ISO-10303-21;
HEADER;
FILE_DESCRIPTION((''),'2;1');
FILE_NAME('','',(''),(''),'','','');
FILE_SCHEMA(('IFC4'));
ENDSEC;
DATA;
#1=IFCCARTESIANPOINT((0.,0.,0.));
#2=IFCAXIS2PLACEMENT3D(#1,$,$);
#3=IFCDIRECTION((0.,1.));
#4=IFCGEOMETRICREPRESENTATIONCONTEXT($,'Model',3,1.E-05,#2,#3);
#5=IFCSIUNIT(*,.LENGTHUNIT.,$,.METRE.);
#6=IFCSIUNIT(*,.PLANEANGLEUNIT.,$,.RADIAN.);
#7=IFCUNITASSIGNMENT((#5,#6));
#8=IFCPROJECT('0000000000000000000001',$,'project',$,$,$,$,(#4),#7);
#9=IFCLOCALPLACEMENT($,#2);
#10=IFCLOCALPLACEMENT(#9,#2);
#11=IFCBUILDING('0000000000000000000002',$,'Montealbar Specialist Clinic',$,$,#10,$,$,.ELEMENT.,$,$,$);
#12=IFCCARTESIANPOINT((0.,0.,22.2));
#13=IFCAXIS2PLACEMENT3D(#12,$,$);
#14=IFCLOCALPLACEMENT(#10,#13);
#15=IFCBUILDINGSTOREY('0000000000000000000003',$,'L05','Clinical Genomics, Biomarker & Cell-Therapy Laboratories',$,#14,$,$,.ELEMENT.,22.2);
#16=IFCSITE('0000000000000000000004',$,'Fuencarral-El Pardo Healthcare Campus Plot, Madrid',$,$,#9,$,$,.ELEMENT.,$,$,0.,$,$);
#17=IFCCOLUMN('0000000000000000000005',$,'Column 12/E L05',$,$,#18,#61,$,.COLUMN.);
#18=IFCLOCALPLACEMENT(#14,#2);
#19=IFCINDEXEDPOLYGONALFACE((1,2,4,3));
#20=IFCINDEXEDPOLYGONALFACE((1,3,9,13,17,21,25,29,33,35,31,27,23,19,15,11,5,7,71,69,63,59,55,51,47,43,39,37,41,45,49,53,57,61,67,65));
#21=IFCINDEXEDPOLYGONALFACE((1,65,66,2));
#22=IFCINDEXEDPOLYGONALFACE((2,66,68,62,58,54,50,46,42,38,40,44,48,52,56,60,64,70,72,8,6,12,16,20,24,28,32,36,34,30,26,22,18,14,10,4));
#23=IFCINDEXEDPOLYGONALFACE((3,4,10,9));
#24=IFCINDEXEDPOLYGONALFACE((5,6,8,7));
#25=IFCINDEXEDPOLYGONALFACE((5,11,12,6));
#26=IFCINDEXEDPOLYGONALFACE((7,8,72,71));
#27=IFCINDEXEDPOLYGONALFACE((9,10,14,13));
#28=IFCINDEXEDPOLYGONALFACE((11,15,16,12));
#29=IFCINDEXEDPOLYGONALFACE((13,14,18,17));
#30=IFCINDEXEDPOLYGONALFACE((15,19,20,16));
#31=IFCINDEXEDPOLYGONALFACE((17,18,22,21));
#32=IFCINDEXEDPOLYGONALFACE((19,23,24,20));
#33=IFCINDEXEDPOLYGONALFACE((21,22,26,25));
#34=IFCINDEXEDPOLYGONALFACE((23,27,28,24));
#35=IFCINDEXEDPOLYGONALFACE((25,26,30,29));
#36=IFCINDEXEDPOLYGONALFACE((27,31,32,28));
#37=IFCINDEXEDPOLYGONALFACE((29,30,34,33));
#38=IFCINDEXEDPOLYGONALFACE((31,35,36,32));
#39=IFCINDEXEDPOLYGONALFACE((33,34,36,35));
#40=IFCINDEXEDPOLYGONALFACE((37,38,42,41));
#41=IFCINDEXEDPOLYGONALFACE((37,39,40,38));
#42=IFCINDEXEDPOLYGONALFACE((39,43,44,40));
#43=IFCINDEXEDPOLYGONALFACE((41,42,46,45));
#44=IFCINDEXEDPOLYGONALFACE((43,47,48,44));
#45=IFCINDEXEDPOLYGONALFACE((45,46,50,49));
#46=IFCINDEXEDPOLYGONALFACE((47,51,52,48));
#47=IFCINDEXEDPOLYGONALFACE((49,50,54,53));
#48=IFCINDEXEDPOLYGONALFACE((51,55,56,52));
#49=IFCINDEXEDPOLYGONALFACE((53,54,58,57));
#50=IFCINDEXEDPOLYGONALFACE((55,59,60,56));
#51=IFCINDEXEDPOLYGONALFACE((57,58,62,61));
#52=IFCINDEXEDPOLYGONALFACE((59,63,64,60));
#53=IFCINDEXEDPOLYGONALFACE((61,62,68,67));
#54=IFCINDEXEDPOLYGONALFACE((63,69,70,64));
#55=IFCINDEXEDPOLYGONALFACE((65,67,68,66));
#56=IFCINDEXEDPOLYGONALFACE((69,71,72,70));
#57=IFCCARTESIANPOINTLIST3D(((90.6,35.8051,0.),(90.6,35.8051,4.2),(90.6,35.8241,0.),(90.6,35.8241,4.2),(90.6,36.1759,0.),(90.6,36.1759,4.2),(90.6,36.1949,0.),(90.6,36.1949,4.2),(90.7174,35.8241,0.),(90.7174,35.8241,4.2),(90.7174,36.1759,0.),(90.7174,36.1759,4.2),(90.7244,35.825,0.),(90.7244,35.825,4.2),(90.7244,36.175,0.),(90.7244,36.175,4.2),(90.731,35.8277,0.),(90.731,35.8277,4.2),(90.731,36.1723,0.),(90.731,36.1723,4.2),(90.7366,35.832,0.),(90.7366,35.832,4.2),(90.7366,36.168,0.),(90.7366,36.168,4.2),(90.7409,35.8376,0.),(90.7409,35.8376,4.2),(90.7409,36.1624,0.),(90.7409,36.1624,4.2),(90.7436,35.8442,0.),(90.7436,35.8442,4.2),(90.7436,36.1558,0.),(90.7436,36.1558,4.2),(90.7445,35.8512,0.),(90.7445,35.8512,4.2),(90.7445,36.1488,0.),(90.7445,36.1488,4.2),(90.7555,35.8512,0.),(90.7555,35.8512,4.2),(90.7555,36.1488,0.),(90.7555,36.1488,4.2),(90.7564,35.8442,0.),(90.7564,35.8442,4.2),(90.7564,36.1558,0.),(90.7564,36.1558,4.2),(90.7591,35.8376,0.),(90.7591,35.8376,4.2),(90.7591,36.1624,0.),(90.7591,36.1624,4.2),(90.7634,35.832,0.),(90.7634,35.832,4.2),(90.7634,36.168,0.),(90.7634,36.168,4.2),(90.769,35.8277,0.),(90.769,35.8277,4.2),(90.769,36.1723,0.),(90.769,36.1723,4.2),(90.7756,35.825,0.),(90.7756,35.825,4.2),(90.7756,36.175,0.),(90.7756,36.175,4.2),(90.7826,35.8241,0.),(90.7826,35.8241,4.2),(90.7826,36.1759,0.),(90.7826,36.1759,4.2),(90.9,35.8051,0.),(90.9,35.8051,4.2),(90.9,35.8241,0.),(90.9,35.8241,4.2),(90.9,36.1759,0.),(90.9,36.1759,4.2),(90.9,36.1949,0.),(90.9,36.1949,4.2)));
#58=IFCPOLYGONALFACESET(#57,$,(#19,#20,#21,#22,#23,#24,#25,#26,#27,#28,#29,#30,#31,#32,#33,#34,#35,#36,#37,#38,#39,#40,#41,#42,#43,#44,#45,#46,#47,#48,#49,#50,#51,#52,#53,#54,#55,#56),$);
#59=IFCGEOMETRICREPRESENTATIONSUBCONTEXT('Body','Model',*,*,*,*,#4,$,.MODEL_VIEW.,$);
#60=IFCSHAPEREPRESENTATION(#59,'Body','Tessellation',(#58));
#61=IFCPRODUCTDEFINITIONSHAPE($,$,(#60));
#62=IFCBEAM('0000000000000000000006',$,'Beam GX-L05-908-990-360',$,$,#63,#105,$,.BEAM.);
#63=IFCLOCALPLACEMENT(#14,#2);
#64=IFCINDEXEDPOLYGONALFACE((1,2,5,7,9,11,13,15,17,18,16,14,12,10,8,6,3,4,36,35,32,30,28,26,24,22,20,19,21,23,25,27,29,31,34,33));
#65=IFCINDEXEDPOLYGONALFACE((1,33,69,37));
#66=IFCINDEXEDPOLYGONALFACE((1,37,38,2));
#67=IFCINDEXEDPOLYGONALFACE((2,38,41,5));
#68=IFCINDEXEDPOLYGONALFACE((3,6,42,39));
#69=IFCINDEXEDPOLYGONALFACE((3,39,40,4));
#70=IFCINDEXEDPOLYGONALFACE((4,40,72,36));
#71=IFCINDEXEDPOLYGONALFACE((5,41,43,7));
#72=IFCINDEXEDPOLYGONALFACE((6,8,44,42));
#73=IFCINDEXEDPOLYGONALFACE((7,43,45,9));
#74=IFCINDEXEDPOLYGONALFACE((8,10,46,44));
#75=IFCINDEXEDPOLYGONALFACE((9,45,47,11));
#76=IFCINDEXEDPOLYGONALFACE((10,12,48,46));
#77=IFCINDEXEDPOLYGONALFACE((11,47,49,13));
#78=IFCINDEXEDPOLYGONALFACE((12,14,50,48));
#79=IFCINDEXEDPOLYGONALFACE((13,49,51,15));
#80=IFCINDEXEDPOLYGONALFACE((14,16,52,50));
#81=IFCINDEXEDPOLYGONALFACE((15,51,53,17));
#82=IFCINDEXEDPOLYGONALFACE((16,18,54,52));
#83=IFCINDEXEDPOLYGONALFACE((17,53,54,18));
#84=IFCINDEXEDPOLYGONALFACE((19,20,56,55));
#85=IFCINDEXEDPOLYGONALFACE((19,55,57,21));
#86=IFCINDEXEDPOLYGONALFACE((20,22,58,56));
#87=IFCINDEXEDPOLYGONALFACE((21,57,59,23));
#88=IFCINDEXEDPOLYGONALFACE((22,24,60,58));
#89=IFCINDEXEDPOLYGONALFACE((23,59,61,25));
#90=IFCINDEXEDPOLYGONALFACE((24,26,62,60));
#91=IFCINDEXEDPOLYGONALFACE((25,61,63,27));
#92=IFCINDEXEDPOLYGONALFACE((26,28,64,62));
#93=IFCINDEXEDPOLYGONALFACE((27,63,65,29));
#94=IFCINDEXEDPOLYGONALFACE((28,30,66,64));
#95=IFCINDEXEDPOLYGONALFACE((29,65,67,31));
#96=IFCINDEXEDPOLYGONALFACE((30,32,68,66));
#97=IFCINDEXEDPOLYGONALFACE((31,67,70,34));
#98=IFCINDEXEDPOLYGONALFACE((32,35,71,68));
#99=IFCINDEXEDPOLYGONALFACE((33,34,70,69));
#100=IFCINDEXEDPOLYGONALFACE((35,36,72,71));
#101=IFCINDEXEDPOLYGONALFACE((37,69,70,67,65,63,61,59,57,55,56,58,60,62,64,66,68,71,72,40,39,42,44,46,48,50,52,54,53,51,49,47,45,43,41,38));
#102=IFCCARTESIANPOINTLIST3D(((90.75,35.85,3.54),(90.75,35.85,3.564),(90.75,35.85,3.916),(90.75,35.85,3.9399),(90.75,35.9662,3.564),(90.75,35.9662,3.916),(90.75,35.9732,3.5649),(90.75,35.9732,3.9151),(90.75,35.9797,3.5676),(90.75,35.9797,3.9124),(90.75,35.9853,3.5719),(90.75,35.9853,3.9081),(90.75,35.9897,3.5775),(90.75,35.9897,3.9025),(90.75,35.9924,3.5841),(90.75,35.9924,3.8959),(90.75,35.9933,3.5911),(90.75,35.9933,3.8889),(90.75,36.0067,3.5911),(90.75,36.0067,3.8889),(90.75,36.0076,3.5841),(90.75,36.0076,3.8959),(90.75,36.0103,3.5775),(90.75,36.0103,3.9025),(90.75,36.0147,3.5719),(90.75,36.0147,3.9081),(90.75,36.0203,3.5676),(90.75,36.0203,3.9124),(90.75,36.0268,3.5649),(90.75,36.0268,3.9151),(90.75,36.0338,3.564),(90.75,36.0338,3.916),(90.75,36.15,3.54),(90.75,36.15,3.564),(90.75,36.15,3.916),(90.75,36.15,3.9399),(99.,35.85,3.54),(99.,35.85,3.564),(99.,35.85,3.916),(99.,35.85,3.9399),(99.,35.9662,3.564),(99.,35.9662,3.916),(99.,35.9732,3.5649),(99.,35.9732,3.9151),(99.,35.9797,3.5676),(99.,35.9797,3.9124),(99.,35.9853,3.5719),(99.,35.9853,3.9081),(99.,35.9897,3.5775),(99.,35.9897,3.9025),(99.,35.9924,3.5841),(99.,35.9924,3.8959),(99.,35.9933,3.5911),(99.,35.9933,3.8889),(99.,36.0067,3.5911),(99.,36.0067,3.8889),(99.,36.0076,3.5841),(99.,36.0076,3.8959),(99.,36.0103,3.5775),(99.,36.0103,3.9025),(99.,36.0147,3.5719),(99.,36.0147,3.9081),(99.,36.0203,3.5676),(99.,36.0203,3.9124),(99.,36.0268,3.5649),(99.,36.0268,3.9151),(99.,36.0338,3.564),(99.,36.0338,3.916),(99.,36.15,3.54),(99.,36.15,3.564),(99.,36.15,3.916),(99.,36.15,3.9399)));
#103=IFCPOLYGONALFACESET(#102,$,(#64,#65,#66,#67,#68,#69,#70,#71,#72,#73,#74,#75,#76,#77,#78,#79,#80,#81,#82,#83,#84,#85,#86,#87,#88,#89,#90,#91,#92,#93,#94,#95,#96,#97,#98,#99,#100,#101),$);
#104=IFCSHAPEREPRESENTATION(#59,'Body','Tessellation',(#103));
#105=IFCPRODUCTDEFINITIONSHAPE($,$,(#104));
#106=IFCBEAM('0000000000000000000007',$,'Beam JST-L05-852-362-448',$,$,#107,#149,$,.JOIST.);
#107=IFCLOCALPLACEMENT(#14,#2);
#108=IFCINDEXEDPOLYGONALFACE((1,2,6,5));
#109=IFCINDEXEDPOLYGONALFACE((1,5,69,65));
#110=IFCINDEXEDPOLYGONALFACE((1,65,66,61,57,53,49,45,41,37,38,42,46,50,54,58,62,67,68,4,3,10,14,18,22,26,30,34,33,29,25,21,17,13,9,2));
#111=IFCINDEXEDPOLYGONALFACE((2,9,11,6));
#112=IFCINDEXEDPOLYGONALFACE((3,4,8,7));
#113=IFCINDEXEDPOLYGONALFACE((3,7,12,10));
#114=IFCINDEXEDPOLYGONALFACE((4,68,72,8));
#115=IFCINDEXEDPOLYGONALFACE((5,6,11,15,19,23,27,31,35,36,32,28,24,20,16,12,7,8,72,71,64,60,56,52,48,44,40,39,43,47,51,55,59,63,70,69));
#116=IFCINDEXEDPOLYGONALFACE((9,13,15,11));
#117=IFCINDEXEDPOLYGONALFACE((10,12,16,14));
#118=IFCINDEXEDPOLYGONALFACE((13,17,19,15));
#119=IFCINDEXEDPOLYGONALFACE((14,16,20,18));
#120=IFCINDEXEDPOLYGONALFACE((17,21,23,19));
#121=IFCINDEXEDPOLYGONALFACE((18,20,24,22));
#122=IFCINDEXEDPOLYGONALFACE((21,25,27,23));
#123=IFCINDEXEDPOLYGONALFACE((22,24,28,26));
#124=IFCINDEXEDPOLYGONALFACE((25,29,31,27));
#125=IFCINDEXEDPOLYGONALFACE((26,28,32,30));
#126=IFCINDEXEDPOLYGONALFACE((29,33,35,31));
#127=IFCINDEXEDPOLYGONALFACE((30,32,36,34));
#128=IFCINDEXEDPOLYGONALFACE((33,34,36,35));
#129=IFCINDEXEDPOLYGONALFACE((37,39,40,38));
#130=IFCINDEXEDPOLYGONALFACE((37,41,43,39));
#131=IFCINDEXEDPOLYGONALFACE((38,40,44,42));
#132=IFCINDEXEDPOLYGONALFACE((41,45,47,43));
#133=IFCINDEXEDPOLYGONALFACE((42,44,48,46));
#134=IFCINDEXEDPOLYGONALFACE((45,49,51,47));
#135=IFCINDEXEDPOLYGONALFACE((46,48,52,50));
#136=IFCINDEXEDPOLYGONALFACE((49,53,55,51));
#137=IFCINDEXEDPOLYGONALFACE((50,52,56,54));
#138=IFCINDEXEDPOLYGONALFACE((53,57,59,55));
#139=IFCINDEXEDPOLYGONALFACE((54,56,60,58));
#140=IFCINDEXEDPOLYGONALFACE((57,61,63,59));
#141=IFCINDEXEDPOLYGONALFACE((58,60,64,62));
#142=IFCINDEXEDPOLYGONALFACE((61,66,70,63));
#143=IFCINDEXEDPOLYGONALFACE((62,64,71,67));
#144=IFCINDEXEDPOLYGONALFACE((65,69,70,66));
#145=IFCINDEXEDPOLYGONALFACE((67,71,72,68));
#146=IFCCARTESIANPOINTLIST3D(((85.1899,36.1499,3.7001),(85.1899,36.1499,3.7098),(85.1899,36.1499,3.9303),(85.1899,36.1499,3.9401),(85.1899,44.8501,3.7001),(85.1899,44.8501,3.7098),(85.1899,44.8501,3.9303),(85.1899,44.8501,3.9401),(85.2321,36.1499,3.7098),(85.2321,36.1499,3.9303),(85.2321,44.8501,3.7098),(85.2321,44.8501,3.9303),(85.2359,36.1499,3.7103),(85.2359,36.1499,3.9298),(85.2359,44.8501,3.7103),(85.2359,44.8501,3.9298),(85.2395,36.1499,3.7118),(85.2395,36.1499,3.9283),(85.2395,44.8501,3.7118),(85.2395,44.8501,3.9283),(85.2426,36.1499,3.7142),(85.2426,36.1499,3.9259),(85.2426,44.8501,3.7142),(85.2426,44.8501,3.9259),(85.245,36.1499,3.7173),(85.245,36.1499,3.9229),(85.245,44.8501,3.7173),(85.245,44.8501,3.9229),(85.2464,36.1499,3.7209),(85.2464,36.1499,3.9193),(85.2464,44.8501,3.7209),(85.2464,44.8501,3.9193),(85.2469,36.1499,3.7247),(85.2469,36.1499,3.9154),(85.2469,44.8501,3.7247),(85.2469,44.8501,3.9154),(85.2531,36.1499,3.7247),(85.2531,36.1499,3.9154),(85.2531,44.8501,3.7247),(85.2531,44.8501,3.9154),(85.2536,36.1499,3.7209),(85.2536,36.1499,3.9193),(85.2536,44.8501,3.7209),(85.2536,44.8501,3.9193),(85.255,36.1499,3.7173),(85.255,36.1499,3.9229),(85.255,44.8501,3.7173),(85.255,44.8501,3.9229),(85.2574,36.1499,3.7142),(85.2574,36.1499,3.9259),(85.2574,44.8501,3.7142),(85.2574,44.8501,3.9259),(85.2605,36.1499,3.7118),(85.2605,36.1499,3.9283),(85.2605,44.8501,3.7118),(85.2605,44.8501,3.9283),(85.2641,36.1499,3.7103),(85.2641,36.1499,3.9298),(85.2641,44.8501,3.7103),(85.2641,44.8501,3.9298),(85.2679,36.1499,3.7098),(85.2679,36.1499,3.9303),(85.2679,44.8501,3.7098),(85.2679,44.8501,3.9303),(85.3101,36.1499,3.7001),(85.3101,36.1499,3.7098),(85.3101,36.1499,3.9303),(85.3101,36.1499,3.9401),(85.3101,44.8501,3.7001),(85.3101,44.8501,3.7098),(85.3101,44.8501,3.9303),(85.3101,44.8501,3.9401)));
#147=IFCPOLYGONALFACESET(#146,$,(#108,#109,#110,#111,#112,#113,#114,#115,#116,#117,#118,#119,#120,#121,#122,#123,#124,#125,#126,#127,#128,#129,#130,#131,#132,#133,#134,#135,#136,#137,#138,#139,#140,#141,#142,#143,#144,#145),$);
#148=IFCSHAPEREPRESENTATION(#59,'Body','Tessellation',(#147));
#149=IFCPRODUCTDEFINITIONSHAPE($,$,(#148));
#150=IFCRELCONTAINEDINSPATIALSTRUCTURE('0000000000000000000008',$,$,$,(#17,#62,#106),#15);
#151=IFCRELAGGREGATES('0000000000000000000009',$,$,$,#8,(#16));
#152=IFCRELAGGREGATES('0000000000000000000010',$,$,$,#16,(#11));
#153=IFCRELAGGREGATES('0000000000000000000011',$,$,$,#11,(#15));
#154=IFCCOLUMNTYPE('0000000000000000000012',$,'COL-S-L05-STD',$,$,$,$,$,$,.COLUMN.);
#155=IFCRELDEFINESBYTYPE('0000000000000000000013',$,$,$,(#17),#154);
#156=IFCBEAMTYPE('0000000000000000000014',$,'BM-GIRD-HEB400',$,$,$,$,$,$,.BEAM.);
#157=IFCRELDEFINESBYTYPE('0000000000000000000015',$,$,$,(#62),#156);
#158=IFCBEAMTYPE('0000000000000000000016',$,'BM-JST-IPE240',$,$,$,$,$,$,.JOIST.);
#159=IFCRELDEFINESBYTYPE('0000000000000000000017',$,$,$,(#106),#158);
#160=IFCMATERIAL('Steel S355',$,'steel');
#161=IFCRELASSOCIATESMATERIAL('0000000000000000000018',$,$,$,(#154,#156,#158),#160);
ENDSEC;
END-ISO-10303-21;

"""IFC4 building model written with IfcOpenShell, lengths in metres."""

from ifc_helpers import new_model, si_unit, direction, frame, origin, origin_2d, place, context, subcontext, project, spatial, i_section, extrude, material, material_profile, profile_set, type_object, element, save


model = new_model("IFC4")

# Units and contexts
model_context = context("Model", 3, precision=1e-05, world=origin(), true_north=direction((0.0, 1.0)))
body_context = subcontext(model_context, "Body", "Model", "MODEL_VIEW")
ifc_project = project(units=[si_unit("LENGTHUNIT", "METRE"), si_unit("PLANEANGLEUNIT", "RADIAN")], contexts=[model_context])

# Site, building, storey
site_placement = place(None, origin())
site = spatial("IfcSite", under=ifc_project, at=site_placement, Name="Fuencarral-El Pardo Healthcare Campus Plot, Madrid", CompositionType="ELEMENT", RefElevation=0.0)
building_placement = place(site_placement, origin())
building = spatial("IfcBuilding", under=site, at=building_placement, Name="Montealbar Specialist Clinic", CompositionType="ELEMENT")
storey_placement = place(building_placement, frame((0.0, 0.0, 22.2)))
storey = spatial("IfcBuildingStorey", under=building, at=storey_placement, Name="L05", Description="Clinical Genomics, Biomarker & Cell-Therapy Laboratories", CompositionType="ELEMENT", Elevation=22.2)

# Column
ifc_material_1 = material(Name="Steel S355", Category="steel")
ifc_material_profile_1 = material_profile(ifc_material_1, i_section(OverallWidth=0.3, OverallDepth=0.3899, WebThickness=0.011, FlangeThickness=0.019, FilletRadius=0.0271, at=origin_2d()), Name="HEA 400", Category="steel")
ifc_profile_set_1 = profile_set([ifc_material_profile_1], Name="Steel S355")
column_type = type_object("IfcColumnType", Name="COL-S-L05-STD", PredefinedType="COLUMN", material=ifc_profile_set_1)
column_placement = place(storey_placement, frame((90.75, 36.0, 0.0), z_axis=(0.0, 0.0, 1.0), x_axis=(1.0, 0.0, 0.0)))
element("IfcColumn", 1, at=column_placement, inside=storey, type_object=column_type, Name="Column 12/E L05", PredefinedType="COLUMN", context=body_context, shape_type="SweptSolid", body=[
    extrude(i_section(OverallWidth=0.3, OverallDepth=0.3899, WebThickness=0.011, FlangeThickness=0.019, FilletRadius=0.0271, at=origin_2d()), origin(), (0.0, 0.0, 1.0), 4.2),
])

# Beams
ifc_material_profile_2 = material_profile(ifc_material_1, i_section(OverallWidth=0.3, OverallDepth=0.3999, WebThickness=0.0134, FlangeThickness=0.0239, FilletRadius=0.0271, at=origin_2d()), Name="HEB 400", Category="steel")
ifc_profile_set_2 = profile_set([ifc_material_profile_2], Name="Steel S355")
beam_type_1 = type_object("IfcBeamType", Name="BM-GIRD-HEB400", PredefinedType="BEAM", material=ifc_profile_set_2)
beam_1_placement = place(storey_placement, frame((90.75, 36.0, 3.74), z_axis=(1.0, 0.0, 0.0), x_axis=(0.0, 1.0, 0.0)))
element("IfcBeam", 2, at=beam_1_placement, inside=storey, type_object=beam_type_1, Name="Beam GX-L05-908-990-360", PredefinedType="BEAM", context=body_context, shape_type="SweptSolid", body=[
    extrude(i_section(OverallWidth=0.3, OverallDepth=0.3999, WebThickness=0.0134, FlangeThickness=0.0239, FilletRadius=0.0271, at=origin_2d()), origin(), (0.0, 0.0, 1.0), 8.25),
])
ifc_material_profile_3 = material_profile(ifc_material_1, i_section(OverallWidth=0.1201, OverallDepth=0.24, WebThickness=0.0061, FlangeThickness=0.0098, FilletRadius=0.0149, at=origin_2d()), Name="IPE 240", Category="steel")
ifc_profile_set_3 = profile_set([ifc_material_profile_3], Name="Steel S355")
beam_type_2 = type_object("IfcBeamType", Name="BM-JST-IPE240", PredefinedType="JOIST", material=ifc_profile_set_3)
beam_2_placement = place(storey_placement, frame((85.25, 36.1499, 3.8201), z_axis=(0.0, 1.0, 0.0), x_axis=(-1.0, 0.0, 0.0)))
element("IfcBeam", 3, at=beam_2_placement, inside=storey, type_object=beam_type_2, Name="Beam JST-L05-852-362-448", PredefinedType="JOIST", context=body_context, shape_type="SweptSolid", body=[
    extrude(i_section(OverallWidth=0.1201, OverallDepth=0.24, WebThickness=0.0061, FlangeThickness=0.0098, FilletRadius=0.0149, at=origin_2d()), origin(), (0.0, 0.0, 1.0), 8.7002),
])

save(model, "model.ifc")
